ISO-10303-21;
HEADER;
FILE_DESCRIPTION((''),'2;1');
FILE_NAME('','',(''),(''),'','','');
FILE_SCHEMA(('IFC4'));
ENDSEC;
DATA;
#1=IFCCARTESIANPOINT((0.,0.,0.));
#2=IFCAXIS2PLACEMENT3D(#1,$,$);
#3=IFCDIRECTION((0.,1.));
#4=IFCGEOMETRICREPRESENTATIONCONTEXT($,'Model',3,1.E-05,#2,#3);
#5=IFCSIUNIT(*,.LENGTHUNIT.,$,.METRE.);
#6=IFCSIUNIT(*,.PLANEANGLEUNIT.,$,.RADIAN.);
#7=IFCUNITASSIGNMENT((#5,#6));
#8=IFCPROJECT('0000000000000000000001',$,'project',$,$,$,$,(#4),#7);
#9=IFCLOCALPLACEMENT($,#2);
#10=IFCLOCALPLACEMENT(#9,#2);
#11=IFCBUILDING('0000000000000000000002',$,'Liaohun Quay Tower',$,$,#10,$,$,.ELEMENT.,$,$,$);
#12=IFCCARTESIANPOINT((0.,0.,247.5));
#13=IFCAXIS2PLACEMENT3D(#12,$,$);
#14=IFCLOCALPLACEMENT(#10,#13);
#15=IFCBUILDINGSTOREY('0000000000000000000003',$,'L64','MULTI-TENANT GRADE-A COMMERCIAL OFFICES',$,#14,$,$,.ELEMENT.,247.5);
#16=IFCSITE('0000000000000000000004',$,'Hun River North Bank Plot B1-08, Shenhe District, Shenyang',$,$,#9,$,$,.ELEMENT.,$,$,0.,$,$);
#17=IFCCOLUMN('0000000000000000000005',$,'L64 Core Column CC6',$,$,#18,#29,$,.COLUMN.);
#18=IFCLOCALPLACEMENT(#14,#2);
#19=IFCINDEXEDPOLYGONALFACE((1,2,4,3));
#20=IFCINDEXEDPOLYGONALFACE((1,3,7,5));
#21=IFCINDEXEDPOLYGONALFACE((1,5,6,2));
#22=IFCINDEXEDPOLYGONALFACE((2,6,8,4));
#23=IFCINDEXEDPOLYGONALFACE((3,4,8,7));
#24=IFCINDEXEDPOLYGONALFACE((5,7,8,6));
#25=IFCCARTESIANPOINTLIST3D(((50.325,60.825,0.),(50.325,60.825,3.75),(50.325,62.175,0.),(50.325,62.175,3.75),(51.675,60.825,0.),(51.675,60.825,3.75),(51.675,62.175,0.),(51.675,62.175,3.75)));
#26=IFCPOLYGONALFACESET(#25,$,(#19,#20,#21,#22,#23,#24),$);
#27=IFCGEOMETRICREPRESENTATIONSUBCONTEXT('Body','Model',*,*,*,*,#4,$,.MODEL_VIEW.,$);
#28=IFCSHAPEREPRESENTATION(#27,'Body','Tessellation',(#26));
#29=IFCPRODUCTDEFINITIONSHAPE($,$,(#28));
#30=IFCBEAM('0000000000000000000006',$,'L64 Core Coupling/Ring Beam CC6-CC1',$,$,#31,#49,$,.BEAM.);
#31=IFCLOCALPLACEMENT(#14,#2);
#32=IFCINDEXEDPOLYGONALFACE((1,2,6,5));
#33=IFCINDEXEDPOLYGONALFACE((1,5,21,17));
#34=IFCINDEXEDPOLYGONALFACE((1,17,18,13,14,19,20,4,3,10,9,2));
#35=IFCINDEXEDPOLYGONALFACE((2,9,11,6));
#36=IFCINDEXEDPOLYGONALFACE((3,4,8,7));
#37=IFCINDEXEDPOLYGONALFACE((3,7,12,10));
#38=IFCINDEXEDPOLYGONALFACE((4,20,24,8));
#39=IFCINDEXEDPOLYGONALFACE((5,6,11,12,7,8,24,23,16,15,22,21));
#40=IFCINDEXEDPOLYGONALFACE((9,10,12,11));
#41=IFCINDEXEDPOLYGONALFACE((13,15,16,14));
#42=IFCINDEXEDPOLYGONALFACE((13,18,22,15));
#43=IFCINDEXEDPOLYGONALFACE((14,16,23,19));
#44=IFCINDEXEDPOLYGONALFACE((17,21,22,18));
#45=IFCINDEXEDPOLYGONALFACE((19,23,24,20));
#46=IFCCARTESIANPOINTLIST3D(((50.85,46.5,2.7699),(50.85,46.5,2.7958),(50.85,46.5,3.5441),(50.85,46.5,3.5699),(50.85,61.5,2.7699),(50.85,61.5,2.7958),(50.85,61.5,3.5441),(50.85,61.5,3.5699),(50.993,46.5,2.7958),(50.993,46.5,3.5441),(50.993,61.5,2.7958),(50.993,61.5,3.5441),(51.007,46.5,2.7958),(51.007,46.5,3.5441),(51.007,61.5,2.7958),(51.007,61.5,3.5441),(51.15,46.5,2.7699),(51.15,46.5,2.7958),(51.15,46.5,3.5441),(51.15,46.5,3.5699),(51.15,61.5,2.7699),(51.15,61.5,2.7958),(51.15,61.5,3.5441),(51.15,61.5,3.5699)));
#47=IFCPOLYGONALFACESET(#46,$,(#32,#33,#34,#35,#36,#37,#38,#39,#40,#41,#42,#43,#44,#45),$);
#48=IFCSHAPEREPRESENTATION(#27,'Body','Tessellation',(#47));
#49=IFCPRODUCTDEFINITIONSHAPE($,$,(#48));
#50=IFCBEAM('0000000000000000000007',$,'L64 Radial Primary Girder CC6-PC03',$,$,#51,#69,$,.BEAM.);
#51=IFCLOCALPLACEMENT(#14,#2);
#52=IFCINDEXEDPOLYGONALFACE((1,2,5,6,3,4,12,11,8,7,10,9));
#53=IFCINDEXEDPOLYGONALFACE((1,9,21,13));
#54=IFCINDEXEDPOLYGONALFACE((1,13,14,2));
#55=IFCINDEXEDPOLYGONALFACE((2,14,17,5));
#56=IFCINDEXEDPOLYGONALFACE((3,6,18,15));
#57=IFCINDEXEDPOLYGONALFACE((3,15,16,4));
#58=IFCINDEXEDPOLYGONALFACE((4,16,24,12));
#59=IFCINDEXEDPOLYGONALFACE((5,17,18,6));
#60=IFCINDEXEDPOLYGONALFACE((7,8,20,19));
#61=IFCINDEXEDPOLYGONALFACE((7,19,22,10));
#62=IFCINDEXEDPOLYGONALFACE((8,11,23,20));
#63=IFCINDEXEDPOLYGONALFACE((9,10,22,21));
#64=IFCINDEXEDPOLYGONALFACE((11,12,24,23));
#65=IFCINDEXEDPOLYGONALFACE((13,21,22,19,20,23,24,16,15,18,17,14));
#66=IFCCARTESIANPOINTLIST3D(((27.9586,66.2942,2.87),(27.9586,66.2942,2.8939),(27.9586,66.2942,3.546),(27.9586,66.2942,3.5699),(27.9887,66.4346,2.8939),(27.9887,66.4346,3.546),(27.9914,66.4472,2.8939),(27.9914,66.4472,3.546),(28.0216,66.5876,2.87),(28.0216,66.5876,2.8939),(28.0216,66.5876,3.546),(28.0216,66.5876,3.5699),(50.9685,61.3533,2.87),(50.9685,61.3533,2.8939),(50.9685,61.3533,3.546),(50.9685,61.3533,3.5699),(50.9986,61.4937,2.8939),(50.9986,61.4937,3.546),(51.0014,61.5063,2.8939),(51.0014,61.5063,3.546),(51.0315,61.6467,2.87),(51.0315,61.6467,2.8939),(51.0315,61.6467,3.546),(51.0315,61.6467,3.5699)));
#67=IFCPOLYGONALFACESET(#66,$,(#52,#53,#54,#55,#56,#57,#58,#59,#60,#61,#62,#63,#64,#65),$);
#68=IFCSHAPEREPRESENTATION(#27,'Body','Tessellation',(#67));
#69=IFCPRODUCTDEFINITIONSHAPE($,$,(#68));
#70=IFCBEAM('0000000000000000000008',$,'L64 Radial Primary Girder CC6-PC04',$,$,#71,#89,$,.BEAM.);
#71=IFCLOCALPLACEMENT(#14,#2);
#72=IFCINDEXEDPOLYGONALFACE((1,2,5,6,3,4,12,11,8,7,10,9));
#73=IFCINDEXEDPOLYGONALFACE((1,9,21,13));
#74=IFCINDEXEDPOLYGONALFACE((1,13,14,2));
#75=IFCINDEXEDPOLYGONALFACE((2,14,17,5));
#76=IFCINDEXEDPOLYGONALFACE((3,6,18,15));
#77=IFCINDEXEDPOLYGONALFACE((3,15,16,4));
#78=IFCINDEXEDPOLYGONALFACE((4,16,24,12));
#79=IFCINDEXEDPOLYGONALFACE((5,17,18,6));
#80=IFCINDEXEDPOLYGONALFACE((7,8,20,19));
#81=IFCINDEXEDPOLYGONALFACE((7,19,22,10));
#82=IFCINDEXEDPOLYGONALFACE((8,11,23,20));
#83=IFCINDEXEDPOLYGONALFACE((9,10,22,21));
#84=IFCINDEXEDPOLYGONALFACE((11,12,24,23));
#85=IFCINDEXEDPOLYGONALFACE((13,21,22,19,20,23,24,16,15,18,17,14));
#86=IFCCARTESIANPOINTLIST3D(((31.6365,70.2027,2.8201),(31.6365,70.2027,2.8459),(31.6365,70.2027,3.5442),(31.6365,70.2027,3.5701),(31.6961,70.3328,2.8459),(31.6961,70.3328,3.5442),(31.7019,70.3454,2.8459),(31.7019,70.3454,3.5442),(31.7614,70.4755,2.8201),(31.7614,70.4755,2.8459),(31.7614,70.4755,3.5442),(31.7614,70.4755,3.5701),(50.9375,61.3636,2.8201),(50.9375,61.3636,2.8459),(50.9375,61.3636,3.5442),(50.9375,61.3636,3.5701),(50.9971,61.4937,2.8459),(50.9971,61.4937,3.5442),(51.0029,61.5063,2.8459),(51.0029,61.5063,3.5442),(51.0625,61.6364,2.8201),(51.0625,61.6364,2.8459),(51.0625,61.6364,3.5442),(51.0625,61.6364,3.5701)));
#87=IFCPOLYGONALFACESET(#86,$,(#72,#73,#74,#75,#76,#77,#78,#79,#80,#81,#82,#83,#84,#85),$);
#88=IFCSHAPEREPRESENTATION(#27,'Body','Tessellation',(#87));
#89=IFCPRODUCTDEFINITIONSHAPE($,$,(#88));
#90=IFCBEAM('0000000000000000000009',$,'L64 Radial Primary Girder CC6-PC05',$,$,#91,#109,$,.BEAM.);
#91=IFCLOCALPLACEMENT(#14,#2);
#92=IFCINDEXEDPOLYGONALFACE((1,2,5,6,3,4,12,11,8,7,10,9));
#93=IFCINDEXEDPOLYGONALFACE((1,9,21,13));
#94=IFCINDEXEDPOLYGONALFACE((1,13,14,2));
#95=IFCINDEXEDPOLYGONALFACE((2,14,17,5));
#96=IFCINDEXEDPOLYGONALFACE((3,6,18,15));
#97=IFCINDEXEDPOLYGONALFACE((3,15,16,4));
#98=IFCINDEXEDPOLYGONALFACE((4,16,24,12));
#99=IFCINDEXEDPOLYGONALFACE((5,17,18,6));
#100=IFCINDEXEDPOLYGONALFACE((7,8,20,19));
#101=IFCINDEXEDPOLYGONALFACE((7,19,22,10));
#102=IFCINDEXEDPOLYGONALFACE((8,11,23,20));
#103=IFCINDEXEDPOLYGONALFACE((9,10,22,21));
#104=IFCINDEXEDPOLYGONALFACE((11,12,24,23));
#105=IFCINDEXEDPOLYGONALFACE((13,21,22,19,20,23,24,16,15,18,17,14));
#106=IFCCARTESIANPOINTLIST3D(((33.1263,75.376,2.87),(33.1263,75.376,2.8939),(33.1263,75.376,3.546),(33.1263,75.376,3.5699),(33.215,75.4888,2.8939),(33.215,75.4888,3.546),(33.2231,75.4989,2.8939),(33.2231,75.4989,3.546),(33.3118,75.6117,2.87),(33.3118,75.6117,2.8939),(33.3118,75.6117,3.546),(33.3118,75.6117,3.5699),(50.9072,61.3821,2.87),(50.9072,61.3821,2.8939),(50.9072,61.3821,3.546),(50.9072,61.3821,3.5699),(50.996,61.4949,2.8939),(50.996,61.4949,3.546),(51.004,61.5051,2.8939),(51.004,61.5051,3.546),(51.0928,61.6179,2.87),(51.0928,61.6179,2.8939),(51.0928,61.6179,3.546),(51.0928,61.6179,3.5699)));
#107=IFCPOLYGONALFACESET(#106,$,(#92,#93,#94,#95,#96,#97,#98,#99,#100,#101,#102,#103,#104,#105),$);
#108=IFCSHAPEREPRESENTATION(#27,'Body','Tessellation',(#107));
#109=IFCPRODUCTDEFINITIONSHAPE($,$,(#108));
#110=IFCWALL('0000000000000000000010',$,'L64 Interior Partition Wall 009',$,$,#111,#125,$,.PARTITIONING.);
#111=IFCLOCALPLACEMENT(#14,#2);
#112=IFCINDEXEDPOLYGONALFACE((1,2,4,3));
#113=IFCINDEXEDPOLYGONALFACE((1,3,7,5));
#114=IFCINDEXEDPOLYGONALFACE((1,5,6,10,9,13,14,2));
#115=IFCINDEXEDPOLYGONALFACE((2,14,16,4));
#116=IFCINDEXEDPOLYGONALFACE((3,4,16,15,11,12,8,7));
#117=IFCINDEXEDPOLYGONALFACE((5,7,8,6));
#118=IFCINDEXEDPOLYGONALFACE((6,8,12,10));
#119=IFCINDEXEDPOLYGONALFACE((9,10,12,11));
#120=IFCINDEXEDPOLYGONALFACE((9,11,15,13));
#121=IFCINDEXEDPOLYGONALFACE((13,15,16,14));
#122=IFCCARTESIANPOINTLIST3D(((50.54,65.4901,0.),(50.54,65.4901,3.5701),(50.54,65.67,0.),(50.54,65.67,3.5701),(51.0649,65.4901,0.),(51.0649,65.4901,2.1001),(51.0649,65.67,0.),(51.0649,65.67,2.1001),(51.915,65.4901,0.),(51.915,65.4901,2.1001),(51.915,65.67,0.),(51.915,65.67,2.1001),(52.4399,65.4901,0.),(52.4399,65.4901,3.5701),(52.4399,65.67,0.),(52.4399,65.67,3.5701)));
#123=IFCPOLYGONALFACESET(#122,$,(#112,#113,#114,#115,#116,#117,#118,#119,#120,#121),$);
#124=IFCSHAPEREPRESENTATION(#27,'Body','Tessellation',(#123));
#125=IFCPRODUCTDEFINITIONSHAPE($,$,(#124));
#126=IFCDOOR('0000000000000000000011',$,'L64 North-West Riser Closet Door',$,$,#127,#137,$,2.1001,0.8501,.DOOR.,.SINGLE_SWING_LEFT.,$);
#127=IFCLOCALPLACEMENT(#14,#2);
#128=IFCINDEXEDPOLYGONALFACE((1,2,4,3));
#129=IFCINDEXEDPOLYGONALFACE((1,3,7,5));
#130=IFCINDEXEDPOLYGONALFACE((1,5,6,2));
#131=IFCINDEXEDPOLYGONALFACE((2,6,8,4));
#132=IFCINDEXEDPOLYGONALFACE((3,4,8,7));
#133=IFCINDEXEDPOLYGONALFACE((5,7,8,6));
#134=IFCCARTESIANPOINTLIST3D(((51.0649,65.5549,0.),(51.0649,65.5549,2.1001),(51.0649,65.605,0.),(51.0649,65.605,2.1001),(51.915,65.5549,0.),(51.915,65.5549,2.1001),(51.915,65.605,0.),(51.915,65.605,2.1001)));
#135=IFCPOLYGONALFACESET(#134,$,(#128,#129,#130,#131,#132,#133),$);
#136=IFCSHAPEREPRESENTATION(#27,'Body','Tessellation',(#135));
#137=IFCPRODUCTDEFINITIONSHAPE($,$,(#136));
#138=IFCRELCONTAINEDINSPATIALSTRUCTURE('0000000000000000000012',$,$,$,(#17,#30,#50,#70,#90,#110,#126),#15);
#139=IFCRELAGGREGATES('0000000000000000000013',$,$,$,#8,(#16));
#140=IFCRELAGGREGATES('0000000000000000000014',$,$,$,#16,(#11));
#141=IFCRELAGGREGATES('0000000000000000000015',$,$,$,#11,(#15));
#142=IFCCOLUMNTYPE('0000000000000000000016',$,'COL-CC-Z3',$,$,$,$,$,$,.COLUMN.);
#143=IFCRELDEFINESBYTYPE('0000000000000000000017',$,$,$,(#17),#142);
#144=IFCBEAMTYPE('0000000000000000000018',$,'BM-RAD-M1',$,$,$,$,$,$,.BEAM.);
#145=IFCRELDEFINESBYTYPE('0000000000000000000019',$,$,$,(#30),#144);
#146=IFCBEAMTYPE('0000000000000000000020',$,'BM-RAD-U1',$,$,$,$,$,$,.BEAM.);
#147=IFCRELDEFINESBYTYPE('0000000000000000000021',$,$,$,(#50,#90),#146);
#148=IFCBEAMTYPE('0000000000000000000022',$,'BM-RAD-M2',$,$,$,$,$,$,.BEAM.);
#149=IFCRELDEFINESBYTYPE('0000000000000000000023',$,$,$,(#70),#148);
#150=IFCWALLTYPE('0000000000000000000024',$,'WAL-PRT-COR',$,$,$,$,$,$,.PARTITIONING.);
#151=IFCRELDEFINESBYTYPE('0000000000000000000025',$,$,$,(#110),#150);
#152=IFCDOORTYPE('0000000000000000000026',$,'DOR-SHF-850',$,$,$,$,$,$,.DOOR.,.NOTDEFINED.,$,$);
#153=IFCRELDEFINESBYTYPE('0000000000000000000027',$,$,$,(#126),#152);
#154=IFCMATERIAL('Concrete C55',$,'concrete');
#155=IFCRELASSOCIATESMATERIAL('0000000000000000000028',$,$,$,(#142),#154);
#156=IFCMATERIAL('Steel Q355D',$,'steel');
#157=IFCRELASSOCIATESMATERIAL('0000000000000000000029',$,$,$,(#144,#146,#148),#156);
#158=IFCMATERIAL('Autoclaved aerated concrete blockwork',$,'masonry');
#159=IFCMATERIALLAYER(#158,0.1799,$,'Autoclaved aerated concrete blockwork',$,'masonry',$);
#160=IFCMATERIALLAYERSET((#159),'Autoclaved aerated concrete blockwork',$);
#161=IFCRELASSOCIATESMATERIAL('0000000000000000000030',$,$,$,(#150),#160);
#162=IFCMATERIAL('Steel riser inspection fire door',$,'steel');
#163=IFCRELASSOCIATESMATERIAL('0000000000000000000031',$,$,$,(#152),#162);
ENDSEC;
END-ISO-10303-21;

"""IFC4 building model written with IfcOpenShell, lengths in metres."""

from ifc_helpers import new_model, si_unit, direction, frame, frame_2d, origin, origin_2d, place, context, subcontext, project, spatial, rectangle, i_section, extrude, source, transform, mapped, material, layer, layer_set, material_profile, profile_set, type_object, element, fill, save


model = new_model("IFC4")

# Units and contexts
model_context = context("Model", 3, precision=1e-05, world=origin(), true_north=direction((0.0, 1.0)))
body_context = subcontext(model_context, "Body", "Model", "MODEL_VIEW")
ifc_project = project(units=[si_unit("LENGTHUNIT", "METRE"), si_unit("PLANEANGLEUNIT", "RADIAN")], contexts=[model_context])

# Site, building, storey
site_placement = place(None, origin())
site = spatial("IfcSite", under=ifc_project, at=site_placement, Name="Hun River North Bank Plot B1-08, Shenhe District, Shenyang", CompositionType="ELEMENT", RefElevation=0.0)
building_placement = place(site_placement, origin())
building = spatial("IfcBuilding", under=site, at=building_placement, Name="Liaohun Quay Tower", CompositionType="ELEMENT")
storey_placement = place(building_placement, frame((0.0, 0.0, 247.5)))
storey = spatial("IfcBuildingStorey", under=building, at=storey_placement, Name="L64", Description="MULTI-TENANT GRADE-A COMMERCIAL OFFICES", CompositionType="ELEMENT", Elevation=247.5)

# Column
ifc_material_1 = material(Name="Concrete C55", Category="concrete")
ifc_material_profile_1 = material_profile(ifc_material_1, rectangle(XDim=1.3501, YDim=1.3501, at=origin_2d()), Name="RC1350x1350")
ifc_profile_set_1 = profile_set([ifc_material_profile_1], Name="Concrete C55")
column_type = type_object("IfcColumnType", Name="COL-CC-Z3", PredefinedType="COLUMN", material=ifc_profile_set_1)
shared_shape_1 = source(origin(), body_context, "Body", "SweptSolid", [
    extrude(rectangle(XDim=1.3501, YDim=1.3501, at=origin_2d()), origin(), (0.0, 0.0, 1.0), 3.75),
])
column_placement = place(storey_placement, frame((51.0, 61.5, 0.0), z_axis=(0.0, 0.0, 1.0), x_axis=(1.0, 0.0, 0.0)))
element("IfcColumn", 1, at=column_placement, inside=storey, type_object=column_type, Name="L64 Core Column CC6", PredefinedType="COLUMN", context=body_context, shape_type="MappedRepresentation", body=[
    mapped(shared_shape_1, transform((0.0, 0.0, 0.0), x_axis=(1.0, 0.0, 0.0), y_axis=(0.0, 1.0, 0.0), z_axis=(0.0, 0.0, 1.0), scale=1.0)),
])

# Beams
ifc_material_2 = material(Name="Steel Q355D", Category="steel")
ifc_material_profile_2 = material_profile(ifc_material_2, i_section(OverallWidth=0.3, OverallDepth=0.8, WebThickness=0.0139, FlangeThickness=0.0259, at=origin_2d()), Name="HN800x300x14x26")
ifc_profile_set_2 = profile_set([ifc_material_profile_2], Name="Steel Q355D")
beam_type_1 = type_object("IfcBeamType", Name="BM-RAD-M1", PredefinedType="BEAM", material=ifc_profile_set_2)
shared_shape_2 = source(origin(), body_context, "Body", "SweptSolid", [
    extrude(i_section(OverallWidth=0.3, OverallDepth=0.8, WebThickness=0.0139, FlangeThickness=0.0259, at=origin_2d()), origin(), (0.0, 0.0, 1.0), 15.0),
])
beam_1_placement = place(storey_placement, frame((51.0, 61.5, 3.1699), z_axis=(0.0, -1.0, 0.0), x_axis=(1.0, 0.0, 0.0)))
element("IfcBeam", 2, at=beam_1_placement, inside=storey, type_object=beam_type_1, Name="L64 Core Coupling/Ring Beam CC6-CC1", PredefinedType="BEAM", context=body_context, shape_type="MappedRepresentation", body=[
    mapped(shared_shape_2, transform((0.0, 0.0, 0.0), x_axis=(1.0, 0.0, 0.0), y_axis=(0.0, 1.0, 0.0), z_axis=(0.0, 0.0, 1.0), scale=1.0)),
])
ifc_material_profile_3 = material_profile(ifc_material_2, i_section(OverallWidth=0.3, OverallDepth=0.7, WebThickness=0.0129, FlangeThickness=0.0239, at=origin_2d()), Name="HN700x300x13x24")
ifc_profile_set_3 = profile_set([ifc_material_profile_3], Name="Steel Q355D")
beam_type_2 = type_object("IfcBeamType", Name="BM-RAD-U1", PredefinedType="BEAM", material=ifc_profile_set_3)
shared_shape_3 = source(origin(), body_context, "Body", "SweptSolid", [
    extrude(i_section(OverallWidth=0.3, OverallDepth=0.7, WebThickness=0.0129, FlangeThickness=0.0239, at=origin_2d()), origin(), (0.0, 0.0, 1.0), 23.5344),
])
beam_2_placement = place(storey_placement, frame((51.0, 61.5, 3.22), z_axis=(-0.977714, 0.209944, 0.0), x_axis=(-0.209944, -0.977714, 0.0)))
element("IfcBeam", 3, at=beam_2_placement, inside=storey, type_object=beam_type_2, Name="L64 Radial Primary Girder CC6-PC03", PredefinedType="BEAM", context=body_context, shape_type="MappedRepresentation", body=[
    mapped(shared_shape_3, transform((0.0, 0.0, 0.0), x_axis=(1.0, 0.0, 0.0), y_axis=(0.0, 1.0, 0.0), z_axis=(0.0, 0.0, 1.0), scale=1.0)),
])
ifc_material_profile_4 = material_profile(ifc_material_2, i_section(OverallWidth=0.3, OverallDepth=0.75, WebThickness=0.0139, FlangeThickness=0.0259, at=origin_2d()), Name="HN750x300x14x26")
ifc_profile_set_4 = profile_set([ifc_material_profile_4], Name="Steel Q355D")
beam_type_3 = type_object("IfcBeamType", Name="BM-RAD-M2", PredefinedType="BEAM", material=ifc_profile_set_4)
shared_shape_4 = source(origin(), body_context, "Body", "SweptSolid", [
    extrude(i_section(OverallWidth=0.3, OverallDepth=0.75, WebThickness=0.0139, FlangeThickness=0.0259, at=origin_2d()), origin(), (0.0, 0.0, 1.0), 21.2288),
])
beam_3_placement = place(storey_placement, frame((51.0, 61.5, 3.1951), z_axis=(-0.909193, 0.416375, 0.0), x_axis=(-0.416375, -0.909193, 0.0)))
element("IfcBeam", 4, at=beam_3_placement, inside=storey, type_object=beam_type_3, Name="L64 Radial Primary Girder CC6-PC04", PredefinedType="BEAM", context=body_context, shape_type="MappedRepresentation", body=[
    mapped(shared_shape_4, transform((0.0, 0.0, 0.0), x_axis=(1.0, 0.0, 0.0), y_axis=(0.0, 1.0, 0.0), z_axis=(0.0, 0.0, 1.0), scale=1.0)),
])
shared_shape_5 = source(origin(), body_context, "Body", "SweptSolid", [
    extrude(i_section(OverallWidth=0.3, OverallDepth=0.7, WebThickness=0.0129, FlangeThickness=0.0239, at=origin_2d()), origin(), (0.0, 0.0, 1.0), 22.6272),
])
beam_4_placement = place(storey_placement, frame((51.0, 61.5, 3.22), z_axis=(-0.785822, 0.618453, 0.0), x_axis=(-0.618453, -0.785822, 0.0)))
element("IfcBeam", 5, at=beam_4_placement, inside=storey, type_object=beam_type_2, Name="L64 Radial Primary Girder CC6-PC05", PredefinedType="BEAM", context=body_context, shape_type="MappedRepresentation", body=[
    mapped(shared_shape_5, transform((0.0, 0.0, 0.0), x_axis=(1.0, 0.0, 0.0), y_axis=(0.0, 1.0, 0.0), z_axis=(0.0, 0.0, 1.0), scale=1.0)),
])

# Wall, opening, door
ifc_material_3 = material(Name="Autoclaved aerated concrete blockwork", Category="masonry")
ifc_layer_1 = layer(ifc_material_3, 0.1799, Name="Autoclaved aerated concrete blockwork", Category="masonry")
ifc_layer_set_1 = layer_set([ifc_layer_1], Name="Autoclaved aerated concrete blockwork")
wall_type_1 = type_object("IfcWallType", Name="WAL-PRT-COR", PredefinedType="PARTITIONING", material=ifc_layer_set_1)
wall_1_placement = place(storey_placement, frame((50.54, 65.5801, 0.0), z_axis=(0.0, 0.0, 1.0), x_axis=(1.0, 0.0, 0.0)))
wall_1 = element("IfcWall", 6, at=wall_1_placement, inside=storey, type_object=wall_type_1, Name="L64 Interior Partition Wall 009", PredefinedType="PARTITIONING", context=body_context, shape_type="SweptSolid", body=[
    extrude(rectangle(XDim=1.8999, YDim=0.1799, at=frame_2d((0.95, 0.0))), origin(), (0.0, 0.0, 1.0), 3.5701),
])
shared_shape_6 = source(origin(), body_context, "Body", "SweptSolid", [
    extrude(rectangle(XDim=0.8501, YDim=2.1001, at=frame_2d((0.425, 1.05))), frame((0.0, 0.0999, 0.0), z_axis=(0.0, -1.0, 0.0), x_axis=(1.0, 0.0, 0.0)), (0.0, 0.0, 1.0), 0.2),
])
opening_1_placement = place(wall_1_placement, frame((0.5249, 0.0, 0.0)))
opening_1 = element("IfcOpeningElement", 7, at=opening_1_placement, cuts=wall_1, PredefinedType="OPENING", context=body_context, shape_type="MappedRepresentation", body=[
    mapped(shared_shape_6, transform((0.0, 0.0, 0.0), x_axis=(1.0, 0.0, 0.0), y_axis=(0.0, 1.0, 0.0), z_axis=(0.0, 0.0, 1.0), scale=1.0)),
])
ifc_material_4 = material(Name="Steel riser inspection fire door", Category="steel")
door_type_1 = type_object("IfcDoorType", Name="DOR-SHF-850", OperationType="NOTDEFINED", PredefinedType="DOOR", material=ifc_material_4)
shared_shape_7 = source(origin(), body_context, "Body", "SweptSolid", [
    extrude(rectangle(XDim=0.8501, YDim=2.1001, at=frame_2d((0.425, 1.05))), frame((0.0, 0.0249, 0.0), z_axis=(0.0, -1.0, 0.0), x_axis=(1.0, 0.0, 0.0)), (0.0, 0.0, 1.0), 0.05),
])
door_1_placement = place(opening_1_placement, origin())
door_1 = element("IfcDoor", 8, at=door_1_placement, inside=storey, type_object=door_type_1, Name="L64 North-West Riser Closet Door", OperationType="SINGLE_SWING_LEFT", OverallHeight=2.1001, OverallWidth=0.8501, PredefinedType="DOOR", context=body_context, shape_type="MappedRepresentation", body=[
    mapped(shared_shape_7, transform((0.0, 0.0, 0.0), x_axis=(1.0, 0.0, 0.0), y_axis=(0.0, 1.0, 0.0), z_axis=(0.0, 0.0, 1.0), scale=1.0)),
])
fill(opening_1, door_1)

save(model, "model.ifc")
